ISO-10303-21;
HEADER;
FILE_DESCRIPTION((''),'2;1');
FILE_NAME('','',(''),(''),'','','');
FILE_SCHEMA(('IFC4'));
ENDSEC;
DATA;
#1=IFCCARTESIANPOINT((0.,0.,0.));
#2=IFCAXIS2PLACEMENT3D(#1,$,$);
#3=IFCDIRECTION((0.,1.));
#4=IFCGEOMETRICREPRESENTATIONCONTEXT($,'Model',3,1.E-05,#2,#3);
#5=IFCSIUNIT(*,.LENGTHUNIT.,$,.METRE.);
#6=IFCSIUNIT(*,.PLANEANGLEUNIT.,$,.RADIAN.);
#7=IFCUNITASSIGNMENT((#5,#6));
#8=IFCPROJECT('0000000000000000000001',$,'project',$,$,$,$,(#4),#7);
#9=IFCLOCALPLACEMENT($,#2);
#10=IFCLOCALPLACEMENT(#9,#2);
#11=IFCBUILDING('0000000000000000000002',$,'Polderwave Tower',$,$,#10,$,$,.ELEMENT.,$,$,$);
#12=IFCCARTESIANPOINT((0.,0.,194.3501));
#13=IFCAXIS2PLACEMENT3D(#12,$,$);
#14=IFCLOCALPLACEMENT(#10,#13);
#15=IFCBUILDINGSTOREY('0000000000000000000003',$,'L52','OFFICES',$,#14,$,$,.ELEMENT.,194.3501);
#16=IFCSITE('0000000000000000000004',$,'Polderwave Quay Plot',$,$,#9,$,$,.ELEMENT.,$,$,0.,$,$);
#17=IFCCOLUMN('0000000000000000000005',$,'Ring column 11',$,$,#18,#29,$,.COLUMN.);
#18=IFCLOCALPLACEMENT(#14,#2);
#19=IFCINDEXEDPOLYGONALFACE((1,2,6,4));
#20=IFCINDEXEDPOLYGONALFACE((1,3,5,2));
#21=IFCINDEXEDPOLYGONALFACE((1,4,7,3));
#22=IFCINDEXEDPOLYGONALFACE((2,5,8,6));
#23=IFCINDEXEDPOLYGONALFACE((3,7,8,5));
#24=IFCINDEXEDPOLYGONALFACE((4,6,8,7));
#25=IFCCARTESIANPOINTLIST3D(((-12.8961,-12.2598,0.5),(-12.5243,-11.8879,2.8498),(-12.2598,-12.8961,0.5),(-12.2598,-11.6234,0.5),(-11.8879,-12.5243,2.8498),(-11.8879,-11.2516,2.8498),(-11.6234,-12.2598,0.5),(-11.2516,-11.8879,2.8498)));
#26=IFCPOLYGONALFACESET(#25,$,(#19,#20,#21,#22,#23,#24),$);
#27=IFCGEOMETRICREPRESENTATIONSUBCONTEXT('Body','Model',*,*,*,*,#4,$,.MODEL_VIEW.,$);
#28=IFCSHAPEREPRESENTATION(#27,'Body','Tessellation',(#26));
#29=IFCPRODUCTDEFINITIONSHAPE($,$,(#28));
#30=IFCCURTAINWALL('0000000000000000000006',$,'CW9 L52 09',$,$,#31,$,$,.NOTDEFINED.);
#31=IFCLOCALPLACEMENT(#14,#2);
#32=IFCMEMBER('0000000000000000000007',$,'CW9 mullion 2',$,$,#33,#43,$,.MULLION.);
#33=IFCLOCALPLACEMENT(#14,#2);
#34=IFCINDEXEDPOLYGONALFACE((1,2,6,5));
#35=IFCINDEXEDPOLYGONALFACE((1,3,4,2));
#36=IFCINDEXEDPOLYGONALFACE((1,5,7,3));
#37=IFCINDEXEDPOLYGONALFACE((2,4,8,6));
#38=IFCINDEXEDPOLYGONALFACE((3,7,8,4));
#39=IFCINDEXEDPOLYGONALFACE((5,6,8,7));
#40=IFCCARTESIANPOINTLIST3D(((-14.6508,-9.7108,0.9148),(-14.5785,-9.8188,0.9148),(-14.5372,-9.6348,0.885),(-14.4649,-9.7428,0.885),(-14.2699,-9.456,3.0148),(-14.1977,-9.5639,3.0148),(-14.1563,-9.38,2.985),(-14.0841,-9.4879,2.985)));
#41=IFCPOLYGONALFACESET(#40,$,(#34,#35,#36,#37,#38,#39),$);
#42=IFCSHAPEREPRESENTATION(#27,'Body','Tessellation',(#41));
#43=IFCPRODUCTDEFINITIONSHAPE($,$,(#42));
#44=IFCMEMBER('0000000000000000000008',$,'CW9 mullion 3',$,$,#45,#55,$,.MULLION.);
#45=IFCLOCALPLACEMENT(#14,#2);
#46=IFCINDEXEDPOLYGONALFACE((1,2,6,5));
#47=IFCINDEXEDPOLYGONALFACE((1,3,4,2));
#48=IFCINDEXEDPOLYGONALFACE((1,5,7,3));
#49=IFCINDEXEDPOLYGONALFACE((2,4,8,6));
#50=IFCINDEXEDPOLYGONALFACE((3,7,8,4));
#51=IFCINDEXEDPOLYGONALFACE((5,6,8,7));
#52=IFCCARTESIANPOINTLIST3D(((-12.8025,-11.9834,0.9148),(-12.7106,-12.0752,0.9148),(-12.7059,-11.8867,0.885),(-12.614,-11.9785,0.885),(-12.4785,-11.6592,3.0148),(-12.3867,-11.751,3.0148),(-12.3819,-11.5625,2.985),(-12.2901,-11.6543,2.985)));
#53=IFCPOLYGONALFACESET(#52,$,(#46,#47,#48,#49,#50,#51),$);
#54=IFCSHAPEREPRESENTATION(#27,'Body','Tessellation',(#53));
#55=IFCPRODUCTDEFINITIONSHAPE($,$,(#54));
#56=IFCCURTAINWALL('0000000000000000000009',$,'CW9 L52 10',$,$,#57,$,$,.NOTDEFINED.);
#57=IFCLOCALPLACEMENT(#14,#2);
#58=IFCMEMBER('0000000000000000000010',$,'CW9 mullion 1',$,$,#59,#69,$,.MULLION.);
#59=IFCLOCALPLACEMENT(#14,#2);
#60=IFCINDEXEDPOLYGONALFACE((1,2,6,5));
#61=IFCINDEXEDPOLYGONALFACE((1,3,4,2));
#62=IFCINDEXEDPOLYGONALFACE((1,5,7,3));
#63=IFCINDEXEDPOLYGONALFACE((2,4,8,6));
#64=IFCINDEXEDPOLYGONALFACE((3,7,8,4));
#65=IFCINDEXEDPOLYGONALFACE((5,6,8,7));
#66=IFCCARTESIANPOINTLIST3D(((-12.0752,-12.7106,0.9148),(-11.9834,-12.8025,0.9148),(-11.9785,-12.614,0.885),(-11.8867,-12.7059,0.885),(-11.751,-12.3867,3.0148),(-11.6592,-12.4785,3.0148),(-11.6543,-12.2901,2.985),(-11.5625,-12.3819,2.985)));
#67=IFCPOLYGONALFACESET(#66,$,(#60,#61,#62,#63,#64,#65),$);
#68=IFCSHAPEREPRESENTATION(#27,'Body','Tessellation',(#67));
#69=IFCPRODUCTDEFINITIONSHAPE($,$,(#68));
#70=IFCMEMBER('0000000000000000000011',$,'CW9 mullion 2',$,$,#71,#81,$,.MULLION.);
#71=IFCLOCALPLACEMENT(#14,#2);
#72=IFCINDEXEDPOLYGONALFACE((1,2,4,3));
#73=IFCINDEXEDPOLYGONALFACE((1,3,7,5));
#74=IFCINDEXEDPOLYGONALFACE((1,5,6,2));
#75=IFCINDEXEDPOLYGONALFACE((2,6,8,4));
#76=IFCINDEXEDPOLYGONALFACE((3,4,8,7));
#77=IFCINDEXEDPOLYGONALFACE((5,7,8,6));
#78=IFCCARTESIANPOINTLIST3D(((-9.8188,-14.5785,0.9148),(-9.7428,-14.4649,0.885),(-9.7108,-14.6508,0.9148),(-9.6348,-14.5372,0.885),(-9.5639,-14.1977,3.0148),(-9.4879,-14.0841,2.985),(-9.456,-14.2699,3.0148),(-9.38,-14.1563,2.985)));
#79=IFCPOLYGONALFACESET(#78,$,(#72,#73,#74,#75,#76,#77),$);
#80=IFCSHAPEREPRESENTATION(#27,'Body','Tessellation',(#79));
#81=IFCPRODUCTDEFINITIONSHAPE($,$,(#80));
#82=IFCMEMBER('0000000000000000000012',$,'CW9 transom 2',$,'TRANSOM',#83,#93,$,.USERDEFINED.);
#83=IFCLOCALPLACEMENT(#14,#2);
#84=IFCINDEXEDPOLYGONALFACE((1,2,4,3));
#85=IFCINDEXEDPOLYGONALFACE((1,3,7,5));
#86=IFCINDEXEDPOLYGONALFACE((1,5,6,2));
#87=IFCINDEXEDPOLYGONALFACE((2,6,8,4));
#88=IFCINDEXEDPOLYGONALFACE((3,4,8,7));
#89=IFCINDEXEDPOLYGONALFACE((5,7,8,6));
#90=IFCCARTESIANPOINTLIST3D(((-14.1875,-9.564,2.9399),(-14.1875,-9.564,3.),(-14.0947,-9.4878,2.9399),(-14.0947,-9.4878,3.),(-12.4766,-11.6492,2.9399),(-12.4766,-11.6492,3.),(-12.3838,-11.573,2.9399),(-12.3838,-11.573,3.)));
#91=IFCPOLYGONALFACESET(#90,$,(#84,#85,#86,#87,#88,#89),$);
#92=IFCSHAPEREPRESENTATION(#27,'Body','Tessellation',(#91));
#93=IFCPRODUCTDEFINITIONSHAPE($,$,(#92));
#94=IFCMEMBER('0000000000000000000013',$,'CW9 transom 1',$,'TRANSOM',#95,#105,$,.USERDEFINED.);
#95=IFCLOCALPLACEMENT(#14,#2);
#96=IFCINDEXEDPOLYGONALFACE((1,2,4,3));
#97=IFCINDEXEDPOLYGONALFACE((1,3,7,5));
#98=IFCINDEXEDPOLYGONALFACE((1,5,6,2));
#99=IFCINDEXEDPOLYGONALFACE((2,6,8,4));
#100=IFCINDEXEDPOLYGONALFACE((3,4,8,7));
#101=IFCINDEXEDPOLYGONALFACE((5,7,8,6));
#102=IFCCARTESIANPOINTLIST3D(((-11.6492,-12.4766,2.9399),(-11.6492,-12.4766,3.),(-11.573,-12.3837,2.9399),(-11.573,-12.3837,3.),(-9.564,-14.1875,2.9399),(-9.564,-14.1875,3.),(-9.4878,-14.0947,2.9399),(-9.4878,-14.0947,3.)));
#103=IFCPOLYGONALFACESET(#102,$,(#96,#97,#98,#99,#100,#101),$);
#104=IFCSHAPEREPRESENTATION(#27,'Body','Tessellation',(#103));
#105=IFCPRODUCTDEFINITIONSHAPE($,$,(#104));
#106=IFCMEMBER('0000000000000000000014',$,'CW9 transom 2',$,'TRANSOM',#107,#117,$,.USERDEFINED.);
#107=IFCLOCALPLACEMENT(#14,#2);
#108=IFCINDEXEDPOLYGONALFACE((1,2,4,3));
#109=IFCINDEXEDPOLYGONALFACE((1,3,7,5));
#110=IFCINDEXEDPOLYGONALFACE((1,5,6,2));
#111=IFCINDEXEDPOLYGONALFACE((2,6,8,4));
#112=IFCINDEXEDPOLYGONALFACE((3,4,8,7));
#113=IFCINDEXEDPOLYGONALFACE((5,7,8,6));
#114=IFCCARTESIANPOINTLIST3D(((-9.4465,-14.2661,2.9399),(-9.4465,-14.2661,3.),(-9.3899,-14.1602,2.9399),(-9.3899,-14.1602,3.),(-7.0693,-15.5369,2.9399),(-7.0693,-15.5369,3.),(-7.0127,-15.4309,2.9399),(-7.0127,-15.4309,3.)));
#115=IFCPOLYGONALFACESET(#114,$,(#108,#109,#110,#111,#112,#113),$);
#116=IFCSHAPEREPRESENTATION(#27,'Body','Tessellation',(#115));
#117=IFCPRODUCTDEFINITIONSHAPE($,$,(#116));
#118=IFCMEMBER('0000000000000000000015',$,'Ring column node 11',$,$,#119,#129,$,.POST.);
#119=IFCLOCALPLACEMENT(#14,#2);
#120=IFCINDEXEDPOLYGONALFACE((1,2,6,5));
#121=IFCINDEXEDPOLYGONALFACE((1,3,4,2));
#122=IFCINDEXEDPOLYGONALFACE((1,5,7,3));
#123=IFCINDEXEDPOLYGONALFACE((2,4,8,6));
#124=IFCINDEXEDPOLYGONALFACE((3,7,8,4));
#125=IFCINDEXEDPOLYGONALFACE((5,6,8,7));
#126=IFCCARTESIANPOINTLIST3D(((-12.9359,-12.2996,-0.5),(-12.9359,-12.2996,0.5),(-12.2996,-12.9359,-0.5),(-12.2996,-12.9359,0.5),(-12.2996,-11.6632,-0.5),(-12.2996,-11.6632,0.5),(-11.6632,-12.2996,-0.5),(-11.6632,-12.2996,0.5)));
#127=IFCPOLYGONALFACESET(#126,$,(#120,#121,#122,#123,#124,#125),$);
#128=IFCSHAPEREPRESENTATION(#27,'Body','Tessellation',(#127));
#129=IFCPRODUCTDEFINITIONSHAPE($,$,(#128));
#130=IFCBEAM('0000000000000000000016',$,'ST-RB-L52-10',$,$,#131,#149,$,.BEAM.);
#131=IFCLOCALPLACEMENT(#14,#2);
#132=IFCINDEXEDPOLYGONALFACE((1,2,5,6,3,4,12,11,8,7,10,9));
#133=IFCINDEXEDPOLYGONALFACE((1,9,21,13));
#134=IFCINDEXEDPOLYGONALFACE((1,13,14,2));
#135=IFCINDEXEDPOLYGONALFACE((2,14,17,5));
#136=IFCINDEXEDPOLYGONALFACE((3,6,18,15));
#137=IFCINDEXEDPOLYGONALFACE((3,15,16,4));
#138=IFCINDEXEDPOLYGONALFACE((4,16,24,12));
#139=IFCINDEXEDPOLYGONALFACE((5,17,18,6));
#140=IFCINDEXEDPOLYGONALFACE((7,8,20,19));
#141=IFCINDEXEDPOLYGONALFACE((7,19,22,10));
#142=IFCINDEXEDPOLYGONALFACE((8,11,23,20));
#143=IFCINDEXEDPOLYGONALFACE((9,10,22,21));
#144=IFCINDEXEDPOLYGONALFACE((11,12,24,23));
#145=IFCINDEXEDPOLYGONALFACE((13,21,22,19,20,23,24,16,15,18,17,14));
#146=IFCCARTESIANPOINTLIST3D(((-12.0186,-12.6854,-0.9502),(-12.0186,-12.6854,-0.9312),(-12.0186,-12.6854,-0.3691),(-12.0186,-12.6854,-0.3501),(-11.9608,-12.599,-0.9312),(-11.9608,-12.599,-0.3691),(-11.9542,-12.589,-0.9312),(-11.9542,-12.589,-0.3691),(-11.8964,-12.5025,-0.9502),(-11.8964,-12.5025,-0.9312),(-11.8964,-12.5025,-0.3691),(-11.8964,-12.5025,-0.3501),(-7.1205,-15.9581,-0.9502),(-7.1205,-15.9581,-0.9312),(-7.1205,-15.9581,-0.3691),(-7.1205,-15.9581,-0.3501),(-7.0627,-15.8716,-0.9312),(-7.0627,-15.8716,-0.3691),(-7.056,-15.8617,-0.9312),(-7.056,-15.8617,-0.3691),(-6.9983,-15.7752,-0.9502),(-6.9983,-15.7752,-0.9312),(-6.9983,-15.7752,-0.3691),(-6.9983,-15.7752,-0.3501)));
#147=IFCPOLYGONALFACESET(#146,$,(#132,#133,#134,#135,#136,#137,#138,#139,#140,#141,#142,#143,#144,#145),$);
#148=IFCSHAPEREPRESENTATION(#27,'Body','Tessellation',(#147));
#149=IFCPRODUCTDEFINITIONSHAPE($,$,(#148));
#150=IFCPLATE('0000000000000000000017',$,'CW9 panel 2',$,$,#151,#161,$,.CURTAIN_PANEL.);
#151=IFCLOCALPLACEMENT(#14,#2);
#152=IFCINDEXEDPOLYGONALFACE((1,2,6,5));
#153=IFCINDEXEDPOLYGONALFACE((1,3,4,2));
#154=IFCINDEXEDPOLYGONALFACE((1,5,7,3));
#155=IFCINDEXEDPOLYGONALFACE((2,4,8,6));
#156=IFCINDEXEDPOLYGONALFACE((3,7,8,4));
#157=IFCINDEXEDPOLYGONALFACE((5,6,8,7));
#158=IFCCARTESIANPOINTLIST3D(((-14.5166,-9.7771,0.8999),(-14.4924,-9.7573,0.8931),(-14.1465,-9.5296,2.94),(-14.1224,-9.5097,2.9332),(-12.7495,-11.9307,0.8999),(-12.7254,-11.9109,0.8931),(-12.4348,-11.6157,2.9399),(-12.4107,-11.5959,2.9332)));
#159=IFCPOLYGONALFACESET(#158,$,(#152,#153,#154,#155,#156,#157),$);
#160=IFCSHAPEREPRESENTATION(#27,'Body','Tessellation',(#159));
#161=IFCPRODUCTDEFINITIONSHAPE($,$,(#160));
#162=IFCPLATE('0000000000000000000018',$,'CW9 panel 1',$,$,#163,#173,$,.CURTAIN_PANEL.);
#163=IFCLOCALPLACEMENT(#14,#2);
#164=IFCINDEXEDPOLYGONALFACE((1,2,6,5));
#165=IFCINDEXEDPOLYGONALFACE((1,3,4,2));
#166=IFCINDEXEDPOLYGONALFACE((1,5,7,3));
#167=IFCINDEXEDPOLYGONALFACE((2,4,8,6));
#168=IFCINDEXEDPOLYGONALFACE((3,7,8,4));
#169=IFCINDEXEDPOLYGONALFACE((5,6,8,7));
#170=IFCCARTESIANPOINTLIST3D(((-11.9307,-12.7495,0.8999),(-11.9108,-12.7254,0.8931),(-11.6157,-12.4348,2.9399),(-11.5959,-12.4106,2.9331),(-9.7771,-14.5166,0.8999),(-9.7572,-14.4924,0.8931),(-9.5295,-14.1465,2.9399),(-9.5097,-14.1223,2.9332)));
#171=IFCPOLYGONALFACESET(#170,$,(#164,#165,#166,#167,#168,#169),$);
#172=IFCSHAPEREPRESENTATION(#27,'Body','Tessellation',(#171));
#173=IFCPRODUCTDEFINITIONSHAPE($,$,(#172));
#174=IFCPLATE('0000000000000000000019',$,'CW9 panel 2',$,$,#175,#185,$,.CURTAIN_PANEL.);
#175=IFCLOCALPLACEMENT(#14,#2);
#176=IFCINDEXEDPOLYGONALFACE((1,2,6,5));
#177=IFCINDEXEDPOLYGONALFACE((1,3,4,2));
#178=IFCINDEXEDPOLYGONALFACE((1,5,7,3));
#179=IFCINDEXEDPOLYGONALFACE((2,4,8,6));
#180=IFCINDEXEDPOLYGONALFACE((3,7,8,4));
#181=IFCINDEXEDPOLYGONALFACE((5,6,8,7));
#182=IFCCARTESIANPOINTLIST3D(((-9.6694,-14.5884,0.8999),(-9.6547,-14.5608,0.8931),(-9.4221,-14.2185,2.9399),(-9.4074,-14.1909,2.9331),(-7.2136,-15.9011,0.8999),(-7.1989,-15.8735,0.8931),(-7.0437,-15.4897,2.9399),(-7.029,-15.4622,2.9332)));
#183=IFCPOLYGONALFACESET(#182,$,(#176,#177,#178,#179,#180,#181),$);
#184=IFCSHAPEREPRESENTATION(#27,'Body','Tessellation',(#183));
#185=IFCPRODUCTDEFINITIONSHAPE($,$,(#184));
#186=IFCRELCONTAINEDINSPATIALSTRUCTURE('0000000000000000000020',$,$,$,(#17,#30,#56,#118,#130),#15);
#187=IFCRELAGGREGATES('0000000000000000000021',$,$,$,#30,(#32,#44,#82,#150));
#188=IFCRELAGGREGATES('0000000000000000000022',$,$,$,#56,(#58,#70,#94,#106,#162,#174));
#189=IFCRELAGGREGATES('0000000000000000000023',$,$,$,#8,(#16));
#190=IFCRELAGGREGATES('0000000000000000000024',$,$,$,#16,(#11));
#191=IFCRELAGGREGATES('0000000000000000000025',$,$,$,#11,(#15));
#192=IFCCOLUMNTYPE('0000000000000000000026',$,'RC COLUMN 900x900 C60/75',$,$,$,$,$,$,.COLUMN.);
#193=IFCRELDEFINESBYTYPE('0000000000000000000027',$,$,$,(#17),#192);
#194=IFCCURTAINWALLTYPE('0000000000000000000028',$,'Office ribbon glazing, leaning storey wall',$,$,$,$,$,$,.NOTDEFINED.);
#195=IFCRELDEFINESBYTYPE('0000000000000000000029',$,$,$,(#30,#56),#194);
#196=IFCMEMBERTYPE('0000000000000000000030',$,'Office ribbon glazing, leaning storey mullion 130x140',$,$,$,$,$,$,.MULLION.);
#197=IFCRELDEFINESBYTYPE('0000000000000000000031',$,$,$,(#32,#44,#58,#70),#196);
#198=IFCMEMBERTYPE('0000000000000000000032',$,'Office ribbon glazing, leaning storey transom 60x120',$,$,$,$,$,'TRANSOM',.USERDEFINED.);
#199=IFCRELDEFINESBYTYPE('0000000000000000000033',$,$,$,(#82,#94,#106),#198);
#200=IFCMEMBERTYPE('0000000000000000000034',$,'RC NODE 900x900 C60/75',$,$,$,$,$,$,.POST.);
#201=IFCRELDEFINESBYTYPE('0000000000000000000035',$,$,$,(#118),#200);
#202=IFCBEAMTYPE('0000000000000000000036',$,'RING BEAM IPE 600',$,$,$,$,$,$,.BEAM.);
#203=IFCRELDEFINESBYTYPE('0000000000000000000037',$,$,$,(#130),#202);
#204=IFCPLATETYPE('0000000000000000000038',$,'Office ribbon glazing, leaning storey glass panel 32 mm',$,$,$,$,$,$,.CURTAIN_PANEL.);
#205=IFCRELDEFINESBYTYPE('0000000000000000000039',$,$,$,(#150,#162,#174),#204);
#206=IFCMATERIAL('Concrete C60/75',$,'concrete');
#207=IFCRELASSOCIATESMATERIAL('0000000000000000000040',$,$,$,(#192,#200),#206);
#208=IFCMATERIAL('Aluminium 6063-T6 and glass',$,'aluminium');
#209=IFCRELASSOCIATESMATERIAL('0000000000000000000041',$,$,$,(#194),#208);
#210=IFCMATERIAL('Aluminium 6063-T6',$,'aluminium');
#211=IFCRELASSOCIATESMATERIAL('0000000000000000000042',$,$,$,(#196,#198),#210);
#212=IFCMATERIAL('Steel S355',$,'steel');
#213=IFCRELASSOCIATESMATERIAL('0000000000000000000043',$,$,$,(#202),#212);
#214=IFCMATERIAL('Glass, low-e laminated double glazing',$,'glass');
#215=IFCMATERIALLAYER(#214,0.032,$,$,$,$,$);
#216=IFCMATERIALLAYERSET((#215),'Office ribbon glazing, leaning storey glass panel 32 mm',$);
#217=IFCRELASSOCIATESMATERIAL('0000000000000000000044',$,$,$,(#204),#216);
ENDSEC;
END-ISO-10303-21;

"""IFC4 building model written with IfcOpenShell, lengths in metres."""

from ifc_helpers import new_model, si_unit, direction, frame, origin, origin_2d, place, context, subcontext, project, spatial, polyline, rectangle, i_section, outline, extrude, material, layer, layer_set, material_profile, profile_set, type_object, element, aggregate, save


model = new_model("IFC4")

# Units and contexts
model_context = context("Model", 3, precision=1e-05, world=origin(), true_north=direction((0.0, 1.0)))
body_context = subcontext(model_context, "Body", "Model", "MODEL_VIEW")
ifc_project = project(units=[si_unit("LENGTHUNIT", "METRE"), si_unit("PLANEANGLEUNIT", "RADIAN")], contexts=[model_context])

# Site, building, storey
site_placement = place(None, origin())
site = spatial("IfcSite", under=ifc_project, at=site_placement, Name="Polderwave Quay Plot", CompositionType="ELEMENT", RefElevation=0.0)
building_placement = place(site_placement, origin())
building = spatial("IfcBuilding", under=site, at=building_placement, Name="Polderwave Tower", CompositionType="ELEMENT")
storey_placement = place(building_placement, frame((0.0, 0.0, 194.3501)))
storey = spatial("IfcBuildingStorey", under=building, at=storey_placement, Name="L52", Description="OFFICES", CompositionType="ELEMENT", Elevation=194.3501)

# Column
ifc_material_1 = material(Name="Concrete C60/75", Category="concrete")
ifc_material_profile_1 = material_profile(ifc_material_1, rectangle(XDim=0.8999, YDim=0.8999, at=origin_2d()), Name="RC 900x900")
ifc_profile_set_1 = profile_set([ifc_material_profile_1], Name="Concrete C60/75")
column_type = type_object("IfcColumnType", Name="RC COLUMN 900x900 C60/75", PredefinedType="COLUMN", material=ifc_profile_set_1)
column_placement = place(storey_placement, frame((-12.2598, -12.2598, 0.5), z_axis=(0.0, 0.0, 1.0), x_axis=(-0.707107, 0.707107, 0.0)))
element("IfcColumn", 1, at=column_placement, inside=storey, type_object=column_type, Name="Ring column 11", PredefinedType="COLUMN", context=body_context, shape_type="SweptSolid", body=[
    extrude(rectangle(XDim=0.8999, YDim=0.8999, at=origin_2d()), origin(), (0.0, -0.218375, 0.975865), 2.408),
])

# Curtain walls, members
ifc_material_2 = material(Name="Aluminium 6063-T6 and glass", Category="aluminium")
curtain_wall_type = type_object("IfcCurtainWallType", Name="Office ribbon glazing, leaning storey wall", PredefinedType="NOTDEFINED", material=ifc_material_2)
curtain_wall_1_placement = place(storey_placement, origin())
curtain_wall_1 = element("IfcCurtainWall", 2, at=curtain_wall_1_placement, inside=storey, type_object=curtain_wall_type, Name="CW9 L52 09", PredefinedType="NOTDEFINED")
ifc_material_3 = material(Name="Aluminium 6063-T6", Category="aluminium")
ifc_material_profile_2 = material_profile(ifc_material_3, rectangle(XDim=0.1299, YDim=0.1399, at=origin_2d()), Name="AL 130x140")
ifc_profile_set_2 = profile_set([ifc_material_profile_2], Name="Aluminium 6063-T6")
member_type_1 = type_object("IfcMemberType", Name="Office ribbon glazing, leaning storey mullion 130x140", PredefinedType="MULLION", material=ifc_profile_set_2)
member_1_placement = place(storey_placement, frame((-14.5579, -9.7268, 0.8999), z_axis=(0.177184, 0.118577, 0.977008), x_axis=(-0.556175, 0.831065, 0.0)))
member_1 = element("IfcMember", 3, at=member_1_placement, type_object=member_type_1, Name="CW9 mullion 2", PredefinedType="MULLION", context=body_context, shape_type="SweptSolid", body=[
    extrude(rectangle(XDim=0.1299, YDim=0.1399, at=origin_2d()), origin(), (0.0, 0.0, 1.0), 2.1494),
])
member_2_placement = place(storey_placement, frame((-12.7083, -11.981, 0.8999), z_axis=(0.150719, 0.150832, 0.977002), x_axis=(-0.707373, 0.70684, 0.0)))
member_2 = element("IfcMember", 4, at=member_2_placement, type_object=member_type_1, Name="CW9 mullion 3", PredefinedType="MULLION", context=body_context, shape_type="SweptSolid", body=[
    extrude(rectangle(XDim=0.1299, YDim=0.1399, at=origin_2d()), origin(), (0.0, 0.0, 1.0), 2.1494),
])
curtain_wall_2_placement = place(storey_placement, origin())
curtain_wall_2 = element("IfcCurtainWall", 5, at=curtain_wall_2_placement, inside=storey, type_object=curtain_wall_type, Name="CW9 L52 10", PredefinedType="NOTDEFINED")
member_3_placement = place(storey_placement, frame((-11.981, -12.7083, 0.8999), z_axis=(0.150832, 0.150719, 0.977002), x_axis=(-0.70684, 0.707373, 0.0)))
member_3 = element("IfcMember", 6, at=member_3_placement, type_object=member_type_1, Name="CW9 mullion 1", PredefinedType="MULLION", context=body_context, shape_type="SweptSolid", body=[
    extrude(rectangle(XDim=0.1299, YDim=0.1399, at=origin_2d()), origin(), (0.0, 0.0, 1.0), 2.1494),
])
member_4_placement = place(storey_placement, frame((-9.7268, -14.5579, 0.8999), z_axis=(0.118577, 0.177184, 0.977008), x_axis=(-0.831065, 0.556175, 0.0)))
member_4 = element("IfcMember", 7, at=member_4_placement, type_object=member_type_1, Name="CW9 mullion 2", PredefinedType="MULLION", context=body_context, shape_type="SweptSolid", body=[
    extrude(rectangle(XDim=0.1299, YDim=0.1399, at=origin_2d()), origin(), (0.0, 0.0, 1.0), 2.1494),
])

# Members
ifc_material_profile_3 = material_profile(ifc_material_3, rectangle(XDim=0.1201, YDim=0.0601, at=origin_2d()), Name="AL 60x120")
ifc_profile_set_3 = profile_set([ifc_material_profile_3], Name="Aluminium 6063-T6")
member_type_2 = type_object("IfcMemberType", Name="Office ribbon glazing, leaning storey transom 60x120", ElementType="TRANSOM", PredefinedType="USERDEFINED", material=ifc_profile_set_3)
member_5_placement = place(storey_placement, frame((-14.1411, -9.5259, 2.97), z_axis=(0.634317, -0.773073, 0.0), x_axis=(0.773073, 0.634317, 0.0)))
member_5 = element("IfcMember", 8, at=member_5_placement, type_object=member_type_2, Name="CW9 transom 2", ObjectType="TRANSOM", PredefinedType="USERDEFINED", context=body_context, shape_type="SweptSolid", body=[
    extrude(rectangle(XDim=0.1201, YDim=0.0601, at=origin_2d()), origin(), (0.0, 0.0, 1.0), 2.6973),
])
member_6_placement = place(storey_placement, frame((-11.6111, -12.4302, 2.97), z_axis=(0.773073, -0.634317, 0.0), x_axis=(0.634317, 0.773073, 0.0)))
member_6 = element("IfcMember", 9, at=member_6_placement, type_object=member_type_2, Name="CW9 transom 1", ObjectType="TRANSOM", PredefinedType="USERDEFINED", context=body_context, shape_type="SweptSolid", body=[
    extrude(rectangle(XDim=0.1201, YDim=0.0601, at=origin_2d()), origin(), (0.0, 0.0, 1.0), 2.6973),
])
member_7_placement = place(storey_placement, frame((-9.4182, -14.2131, 2.97), z_axis=(0.881904, -0.471429, 0.0), x_axis=(0.471429, 0.881904, 0.0)))
member_7 = element("IfcMember", 10, at=member_7_placement, type_object=member_type_2, Name="CW9 transom 2", ObjectType="TRANSOM", PredefinedType="USERDEFINED", context=body_context, shape_type="SweptSolid", body=[
    extrude(rectangle(XDim=0.1201, YDim=0.0601, at=origin_2d()), origin(), (0.0, 0.0, 1.0), 2.6956),
])
ifc_material_profile_4 = material_profile(ifc_material_1, rectangle(XDim=0.8999, YDim=0.8999, at=origin_2d()), Name="RC 900x900")
ifc_profile_set_4 = profile_set([ifc_material_profile_4], Name="Concrete C60/75")
member_type_3 = type_object("IfcMemberType", Name="RC NODE 900x900 C60/75", PredefinedType="POST", material=ifc_profile_set_4)
member_8_placement = place(storey_placement, frame((-12.2996, -12.2996, -0.5), z_axis=(0.0, 0.0, 1.0), x_axis=(-0.707107, -0.707107, 0.0)))
element("IfcMember", 11, at=member_8_placement, inside=storey, type_object=member_type_3, Name="Ring column node 11", PredefinedType="POST", context=body_context, shape_type="SweptSolid", body=[
    extrude(rectangle(XDim=0.8999, YDim=0.8999, at=origin_2d()), origin(), (0.0, 0.0, 1.0), 1.0),
])

# Beam
ifc_material_4 = material(Name="Steel S355", Category="steel")
ifc_material_profile_5 = material_profile(ifc_material_4, i_section(OverallWidth=0.22, OverallDepth=0.6001, WebThickness=0.012, FlangeThickness=0.019, at=origin_2d()), Name="IPE 600")
ifc_profile_set_5 = profile_set([ifc_material_profile_5], Name="Steel S355")
beam_type = type_object("IfcBeamType", Name="RING BEAM IPE 600", PredefinedType="BEAM", material=ifc_profile_set_5)
beam_placement = place(storey_placement, frame((-11.9575, -12.594, -0.6501), z_axis=(0.831482, -0.555551, 0.0), x_axis=(0.555551, 0.831482, 0.0)))
element("IfcBeam", 12, at=beam_placement, inside=storey, type_object=beam_type, Name="ST-RB-L52-10", PredefinedType="BEAM", context=body_context, shape_type="SweptSolid", body=[
    extrude(i_section(OverallWidth=0.22, OverallDepth=0.6001, WebThickness=0.012, FlangeThickness=0.019, at=origin_2d()), origin(), (0.0, 0.0, 1.0), 5.8909),
])

# Plates
ifc_material_5 = material(Name="Glass, low-e laminated double glazing", Category="glass")
ifc_layer_1 = layer(ifc_material_5, 0.032)
ifc_layer_set_1 = layer_set([ifc_layer_1], Name="Office ribbon glazing, leaning storey glass panel 32 mm")
plate_type = type_object("IfcPlateType", Name="Office ribbon glazing, leaning storey glass panel 32 mm", PredefinedType="CURTAIN_PANEL", material=ifc_layer_set_1)
plate_1_placement = place(storey_placement, frame((-14.5166, -9.7771, 0.8999), z_axis=(-0.755459, -0.619862, 0.212256), x_axis=(0.634317, -0.773073, 0.000004)))
plate_1 = element("IfcPlate", 13, at=plate_1_placement, type_object=plate_type, Name="CW9 panel 2", PredefinedType="CURTAIN_PANEL", context=body_context, shape_type="SweptSolid", body=[
    extrude(outline(polyline([(0.0, 0.0), (2.7858, 0.0), (2.7419, 2.0876), (0.0434, 2.0876), (0.0, 0.0)])), origin(), (0.0, 0.0, -1.0), 0.032),
])
aggregate(curtain_wall_1, [member_1, member_2, member_5, plate_1])
plate_2_placement = place(storey_placement, frame((-11.9307, -12.7495, 0.8999), z_axis=(-0.619862, -0.755459, 0.212256), x_axis=(0.773073, -0.634317, -0.000004)))
plate_2 = element("IfcPlate", 14, at=plate_2_placement, type_object=plate_type, Name="CW9 panel 1", PredefinedType="CURTAIN_PANEL", context=body_context, shape_type="SweptSolid", body=[
    extrude(outline(polyline([(0.0, 0.0), (2.7858, 0.0), (2.7424, 2.0876), (0.0438, 2.0876), (0.0, 0.0)])), origin(), (0.0, 0.0, -1.0), 0.032),
])
plate_3_placement = place(storey_placement, frame((-9.6694, -14.5884, 0.8999), z_axis=(-0.460673, -0.861846, 0.212135), x_axis=(0.881918, -0.471403, -0.000004)))
plate_3 = element("IfcPlate", 15, at=plate_3_placement, type_object=plate_type, Name="CW9 panel 2", PredefinedType="CURTAIN_PANEL", context=body_context, shape_type="SweptSolid", body=[
    extrude(outline(polyline([(0.0, 0.0), (2.7847, 0.0), (2.7406, 2.0876), (0.0437, 2.0875), (0.0, 0.0)])), origin(), (0.0, 0.0, -1.0), 0.032),
])
aggregate(curtain_wall_2, [member_3, member_4, member_6, member_7, plate_2, plate_3])

save(model, "model.ifc")
